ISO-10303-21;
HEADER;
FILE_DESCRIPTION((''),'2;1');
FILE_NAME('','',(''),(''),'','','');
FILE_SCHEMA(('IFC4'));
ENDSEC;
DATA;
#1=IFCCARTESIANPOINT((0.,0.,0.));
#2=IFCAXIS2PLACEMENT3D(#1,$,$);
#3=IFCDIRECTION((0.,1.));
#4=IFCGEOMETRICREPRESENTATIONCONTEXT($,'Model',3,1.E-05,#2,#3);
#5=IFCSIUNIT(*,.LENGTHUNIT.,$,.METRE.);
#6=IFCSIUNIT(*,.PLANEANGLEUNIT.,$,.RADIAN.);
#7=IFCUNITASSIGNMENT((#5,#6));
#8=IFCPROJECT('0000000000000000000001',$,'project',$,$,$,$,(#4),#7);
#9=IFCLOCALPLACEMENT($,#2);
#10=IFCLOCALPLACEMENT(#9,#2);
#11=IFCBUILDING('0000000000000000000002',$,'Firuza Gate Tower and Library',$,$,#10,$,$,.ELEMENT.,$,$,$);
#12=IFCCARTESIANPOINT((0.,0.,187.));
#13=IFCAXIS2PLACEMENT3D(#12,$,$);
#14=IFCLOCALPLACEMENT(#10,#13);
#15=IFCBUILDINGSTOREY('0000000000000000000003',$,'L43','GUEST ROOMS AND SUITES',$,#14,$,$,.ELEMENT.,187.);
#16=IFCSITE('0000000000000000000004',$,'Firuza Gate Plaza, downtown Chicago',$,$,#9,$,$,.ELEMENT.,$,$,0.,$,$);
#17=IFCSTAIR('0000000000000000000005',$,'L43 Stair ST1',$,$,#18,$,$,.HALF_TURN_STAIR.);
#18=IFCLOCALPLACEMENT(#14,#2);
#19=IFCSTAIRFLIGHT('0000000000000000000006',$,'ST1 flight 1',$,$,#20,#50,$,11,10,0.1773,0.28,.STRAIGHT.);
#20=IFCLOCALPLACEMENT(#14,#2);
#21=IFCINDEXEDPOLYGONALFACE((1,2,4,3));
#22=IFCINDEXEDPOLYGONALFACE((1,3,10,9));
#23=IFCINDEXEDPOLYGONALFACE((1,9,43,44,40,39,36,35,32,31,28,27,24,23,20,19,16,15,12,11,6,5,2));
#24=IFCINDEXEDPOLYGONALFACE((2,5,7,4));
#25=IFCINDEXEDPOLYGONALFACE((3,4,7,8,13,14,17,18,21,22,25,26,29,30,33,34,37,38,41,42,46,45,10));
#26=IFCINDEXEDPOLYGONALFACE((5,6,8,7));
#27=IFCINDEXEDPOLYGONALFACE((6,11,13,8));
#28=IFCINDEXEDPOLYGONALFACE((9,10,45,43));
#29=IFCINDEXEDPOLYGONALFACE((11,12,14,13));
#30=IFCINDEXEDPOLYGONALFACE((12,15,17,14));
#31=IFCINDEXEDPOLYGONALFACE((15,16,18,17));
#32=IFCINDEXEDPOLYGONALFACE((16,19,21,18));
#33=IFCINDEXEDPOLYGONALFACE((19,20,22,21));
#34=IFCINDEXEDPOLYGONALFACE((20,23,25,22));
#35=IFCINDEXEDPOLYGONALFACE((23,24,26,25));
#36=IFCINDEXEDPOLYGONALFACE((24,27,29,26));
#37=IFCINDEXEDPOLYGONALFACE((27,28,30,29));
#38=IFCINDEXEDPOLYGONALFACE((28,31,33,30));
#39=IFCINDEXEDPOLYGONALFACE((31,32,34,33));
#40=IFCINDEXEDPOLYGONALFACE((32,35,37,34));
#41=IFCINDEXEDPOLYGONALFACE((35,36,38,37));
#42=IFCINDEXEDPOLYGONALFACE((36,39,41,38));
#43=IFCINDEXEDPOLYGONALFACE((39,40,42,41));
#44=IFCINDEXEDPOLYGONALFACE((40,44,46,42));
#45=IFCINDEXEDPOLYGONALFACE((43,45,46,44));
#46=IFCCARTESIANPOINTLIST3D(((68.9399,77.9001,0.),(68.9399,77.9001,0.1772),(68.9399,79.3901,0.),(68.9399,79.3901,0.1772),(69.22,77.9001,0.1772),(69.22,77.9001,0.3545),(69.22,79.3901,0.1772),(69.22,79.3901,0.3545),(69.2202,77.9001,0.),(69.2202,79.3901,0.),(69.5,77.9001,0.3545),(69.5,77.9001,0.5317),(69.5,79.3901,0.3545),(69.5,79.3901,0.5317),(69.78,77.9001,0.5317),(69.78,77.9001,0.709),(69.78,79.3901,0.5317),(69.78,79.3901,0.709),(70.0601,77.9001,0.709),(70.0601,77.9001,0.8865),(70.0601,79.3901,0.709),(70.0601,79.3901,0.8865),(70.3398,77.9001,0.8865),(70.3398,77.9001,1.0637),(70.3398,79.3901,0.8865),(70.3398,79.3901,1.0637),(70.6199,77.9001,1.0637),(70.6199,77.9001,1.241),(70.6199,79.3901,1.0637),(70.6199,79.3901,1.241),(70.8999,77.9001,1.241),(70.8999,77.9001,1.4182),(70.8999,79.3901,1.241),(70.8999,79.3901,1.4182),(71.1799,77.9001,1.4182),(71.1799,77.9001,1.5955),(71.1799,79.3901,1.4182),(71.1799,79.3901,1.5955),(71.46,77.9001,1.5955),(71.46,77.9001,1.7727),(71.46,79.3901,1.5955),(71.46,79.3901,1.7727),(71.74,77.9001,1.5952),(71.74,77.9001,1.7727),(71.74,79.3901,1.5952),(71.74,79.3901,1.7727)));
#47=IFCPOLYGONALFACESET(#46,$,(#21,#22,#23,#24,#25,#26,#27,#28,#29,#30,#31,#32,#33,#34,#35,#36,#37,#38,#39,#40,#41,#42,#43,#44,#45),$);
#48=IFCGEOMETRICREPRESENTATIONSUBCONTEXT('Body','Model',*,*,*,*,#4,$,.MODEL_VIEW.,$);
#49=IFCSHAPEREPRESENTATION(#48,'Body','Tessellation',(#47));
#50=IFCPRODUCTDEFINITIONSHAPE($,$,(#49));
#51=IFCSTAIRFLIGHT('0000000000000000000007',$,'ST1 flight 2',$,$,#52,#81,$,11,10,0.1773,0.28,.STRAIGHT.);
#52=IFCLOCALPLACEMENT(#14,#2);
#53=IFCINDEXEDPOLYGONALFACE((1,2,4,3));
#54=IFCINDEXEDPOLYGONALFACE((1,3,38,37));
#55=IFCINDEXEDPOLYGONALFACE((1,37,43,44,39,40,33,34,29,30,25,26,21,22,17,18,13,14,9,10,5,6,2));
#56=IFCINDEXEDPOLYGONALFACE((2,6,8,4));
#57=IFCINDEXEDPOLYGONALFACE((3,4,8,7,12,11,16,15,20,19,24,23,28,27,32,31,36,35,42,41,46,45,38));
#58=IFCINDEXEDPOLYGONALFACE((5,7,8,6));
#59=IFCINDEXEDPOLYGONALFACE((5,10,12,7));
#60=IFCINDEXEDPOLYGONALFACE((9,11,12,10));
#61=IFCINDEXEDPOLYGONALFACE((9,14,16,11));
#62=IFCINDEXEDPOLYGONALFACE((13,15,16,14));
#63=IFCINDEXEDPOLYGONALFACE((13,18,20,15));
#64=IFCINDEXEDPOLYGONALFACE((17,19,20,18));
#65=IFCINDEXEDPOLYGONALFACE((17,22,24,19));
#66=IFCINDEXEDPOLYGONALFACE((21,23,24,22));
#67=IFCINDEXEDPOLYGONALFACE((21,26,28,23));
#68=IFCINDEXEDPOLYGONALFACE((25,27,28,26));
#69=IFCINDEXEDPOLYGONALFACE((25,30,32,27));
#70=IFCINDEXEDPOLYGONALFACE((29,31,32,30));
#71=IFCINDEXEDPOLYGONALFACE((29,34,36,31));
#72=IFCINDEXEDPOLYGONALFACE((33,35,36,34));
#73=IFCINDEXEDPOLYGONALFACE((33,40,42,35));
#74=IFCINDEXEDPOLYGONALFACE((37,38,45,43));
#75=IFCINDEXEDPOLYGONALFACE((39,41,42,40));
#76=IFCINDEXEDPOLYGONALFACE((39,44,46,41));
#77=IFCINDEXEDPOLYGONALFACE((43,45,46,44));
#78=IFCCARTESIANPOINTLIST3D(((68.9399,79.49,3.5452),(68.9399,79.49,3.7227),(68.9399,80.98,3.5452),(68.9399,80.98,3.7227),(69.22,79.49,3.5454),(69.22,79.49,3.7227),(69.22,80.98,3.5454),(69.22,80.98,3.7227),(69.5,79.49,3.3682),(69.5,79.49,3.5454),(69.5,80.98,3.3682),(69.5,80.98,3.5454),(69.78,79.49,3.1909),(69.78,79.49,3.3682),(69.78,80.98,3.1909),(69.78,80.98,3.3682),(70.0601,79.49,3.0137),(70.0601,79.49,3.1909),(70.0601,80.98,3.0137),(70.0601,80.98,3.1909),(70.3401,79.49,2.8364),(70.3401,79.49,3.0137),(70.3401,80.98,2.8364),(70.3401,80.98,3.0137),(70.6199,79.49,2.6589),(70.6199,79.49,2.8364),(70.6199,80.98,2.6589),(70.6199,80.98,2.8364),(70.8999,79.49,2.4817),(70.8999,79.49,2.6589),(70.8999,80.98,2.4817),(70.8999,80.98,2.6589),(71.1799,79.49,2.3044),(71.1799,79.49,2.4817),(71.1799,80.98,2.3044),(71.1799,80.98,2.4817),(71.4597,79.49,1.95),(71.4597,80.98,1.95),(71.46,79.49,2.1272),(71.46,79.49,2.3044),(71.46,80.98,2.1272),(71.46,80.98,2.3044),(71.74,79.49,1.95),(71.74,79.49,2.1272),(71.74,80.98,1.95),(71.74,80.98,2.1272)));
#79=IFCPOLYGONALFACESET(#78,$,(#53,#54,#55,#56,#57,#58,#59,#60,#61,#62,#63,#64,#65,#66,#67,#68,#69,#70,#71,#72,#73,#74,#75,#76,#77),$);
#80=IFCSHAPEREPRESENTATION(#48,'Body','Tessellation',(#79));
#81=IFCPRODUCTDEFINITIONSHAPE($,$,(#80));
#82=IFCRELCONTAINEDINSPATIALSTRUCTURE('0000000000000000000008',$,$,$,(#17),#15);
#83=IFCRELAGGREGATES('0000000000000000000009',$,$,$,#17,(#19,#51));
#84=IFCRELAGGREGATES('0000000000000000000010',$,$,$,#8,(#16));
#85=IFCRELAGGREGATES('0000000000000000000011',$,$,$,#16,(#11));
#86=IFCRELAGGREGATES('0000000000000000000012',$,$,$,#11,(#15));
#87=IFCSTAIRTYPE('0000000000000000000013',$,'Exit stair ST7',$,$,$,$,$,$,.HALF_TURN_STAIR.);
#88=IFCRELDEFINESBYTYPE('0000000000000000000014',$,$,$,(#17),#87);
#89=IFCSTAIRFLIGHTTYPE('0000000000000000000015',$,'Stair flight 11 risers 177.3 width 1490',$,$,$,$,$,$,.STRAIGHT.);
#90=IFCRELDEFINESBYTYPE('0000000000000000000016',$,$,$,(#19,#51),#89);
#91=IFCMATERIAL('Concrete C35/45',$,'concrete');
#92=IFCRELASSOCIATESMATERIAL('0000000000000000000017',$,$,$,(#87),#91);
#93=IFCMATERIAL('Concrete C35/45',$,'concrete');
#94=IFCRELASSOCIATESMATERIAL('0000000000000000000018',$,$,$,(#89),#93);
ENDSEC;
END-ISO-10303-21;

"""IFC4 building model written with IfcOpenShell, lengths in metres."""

from ifc_helpers import new_model, si_unit, direction, frame, origin, place, context, subcontext, project, spatial, polyline, outline, extrude, material, type_object, element, aggregate, save


model = new_model("IFC4")

# Units and contexts
model_context = context("Model", 3, precision=1e-05, world=origin(), true_north=direction((0.0, 1.0)))
body_context = subcontext(model_context, "Body", "Model", "MODEL_VIEW")
ifc_project = project(units=[si_unit("LENGTHUNIT", "METRE"), si_unit("PLANEANGLEUNIT", "RADIAN")], contexts=[model_context])

# Site, building, storey
site_placement = place(None, origin())
site = spatial("IfcSite", under=ifc_project, at=site_placement, Name="Firuza Gate Plaza, downtown Chicago", CompositionType="ELEMENT", RefElevation=0.0)
building_placement = place(site_placement, origin())
building = spatial("IfcBuilding", under=site, at=building_placement, Name="Firuza Gate Tower and Library", CompositionType="ELEMENT")
storey_placement = place(building_placement, frame((0.0, 0.0, 187.0)))
storey = spatial("IfcBuildingStorey", under=building, at=storey_placement, Name="L43", Description="GUEST ROOMS AND SUITES", CompositionType="ELEMENT", Elevation=187.0)

# Stair, stair flights
ifc_material_1 = material(Name="Concrete C35/45", Category="concrete")
stair_type = type_object("IfcStairType", Name="Exit stair ST7", PredefinedType="HALF_TURN_STAIR", material=ifc_material_1)
stair_placement = place(storey_placement, origin())
stair = element("IfcStair", 1, at=stair_placement, inside=storey, type_object=stair_type, Name="L43 Stair ST1", PredefinedType="HALF_TURN_STAIR")
ifc_material_2 = material(Name="Concrete C35/45", Category="concrete")
stair_flight_type = type_object("IfcStairFlightType", Name="Stair flight 11 risers 177.3 width 1490", PredefinedType="STRAIGHT", material=ifc_material_2)
stair_flight_1_placement = place(storey_placement, frame((68.9399, 78.645, 0.0), z_axis=(0.0, 0.0, 1.0), x_axis=(1.0, 0.0, 0.0)))
stair_flight_1 = element("IfcStairFlight", 2, at=stair_flight_1_placement, type_object=stair_flight_type, Name="ST1 flight 1", NumberOfRisers=11, NumberOfTreads=10, PredefinedType="STRAIGHT", RiserHeight=0.1773, TreadLength=0.28, context=body_context, shape_type="SweptSolid", body=[
    extrude(outline(polyline([(0.0, 0.0), (0.0, 0.1772), (0.28, 0.1772), (0.28, 0.3545), (0.5601, 0.3545), (0.5601, 0.5317), (0.8401, 0.5317), (0.8401, 0.709), (1.1201, 0.709), (1.1201, 0.8865), (1.3999, 0.8865), (1.3999, 1.0637), (1.6799, 1.0637), (1.6799, 1.241), (1.96, 1.241), (1.96, 1.4182), (2.24, 1.4182), (2.24, 1.5955), (2.52, 1.5955), (2.52, 1.7727), (2.8, 1.7727), (2.8, 1.95), (2.8, 1.5952), (0.2803, 0.0), (0.0, 0.0)])), frame((0.0, 0.7451, 0.0), z_axis=(0.0, -1.0, 0.0), x_axis=(1.0, 0.0, 0.0)), (0.0, 0.0, 1.0), 1.49),
])
stair_flight_2_placement = place(storey_placement, frame((71.74, 80.2351, 1.95), z_axis=(0.0, 0.0, 1.0), x_axis=(-1.0, 0.0, 0.0)))
stair_flight_2 = element("IfcStairFlight", 3, at=stair_flight_2_placement, type_object=stair_flight_type, Name="ST1 flight 2", NumberOfRisers=11, NumberOfTreads=10, PredefinedType="STRAIGHT", RiserHeight=0.1773, TreadLength=0.28, context=body_context, shape_type="SweptSolid", body=[
    extrude(outline(polyline([(0.0, 0.0), (0.0, 0.1772), (0.28, 0.1772), (0.28, 0.3545), (0.5601, 0.3545), (0.5601, 0.5317), (0.8401, 0.5317), (0.8401, 0.709), (1.1201, 0.709), (1.1201, 0.8865), (1.3999, 0.8865), (1.3999, 1.0637), (1.6799, 1.0637), (1.6799, 1.241), (1.96, 1.241), (1.96, 1.4182), (2.24, 1.4182), (2.24, 1.5955), (2.52, 1.5955), (2.52, 1.7727), (2.8, 1.7727), (2.8, 1.95), (2.8, 1.5952), (0.2803, 0.0), (0.0, 0.0)])), frame((0.0, 0.7451, 0.0), z_axis=(0.0, -1.0, 0.0), x_axis=(1.0, 0.0, 0.0)), (0.0, 0.0, 1.0), 1.49),
])
aggregate(stair, [stair_flight_1, stair_flight_2])

save(model, "model.ifc")
